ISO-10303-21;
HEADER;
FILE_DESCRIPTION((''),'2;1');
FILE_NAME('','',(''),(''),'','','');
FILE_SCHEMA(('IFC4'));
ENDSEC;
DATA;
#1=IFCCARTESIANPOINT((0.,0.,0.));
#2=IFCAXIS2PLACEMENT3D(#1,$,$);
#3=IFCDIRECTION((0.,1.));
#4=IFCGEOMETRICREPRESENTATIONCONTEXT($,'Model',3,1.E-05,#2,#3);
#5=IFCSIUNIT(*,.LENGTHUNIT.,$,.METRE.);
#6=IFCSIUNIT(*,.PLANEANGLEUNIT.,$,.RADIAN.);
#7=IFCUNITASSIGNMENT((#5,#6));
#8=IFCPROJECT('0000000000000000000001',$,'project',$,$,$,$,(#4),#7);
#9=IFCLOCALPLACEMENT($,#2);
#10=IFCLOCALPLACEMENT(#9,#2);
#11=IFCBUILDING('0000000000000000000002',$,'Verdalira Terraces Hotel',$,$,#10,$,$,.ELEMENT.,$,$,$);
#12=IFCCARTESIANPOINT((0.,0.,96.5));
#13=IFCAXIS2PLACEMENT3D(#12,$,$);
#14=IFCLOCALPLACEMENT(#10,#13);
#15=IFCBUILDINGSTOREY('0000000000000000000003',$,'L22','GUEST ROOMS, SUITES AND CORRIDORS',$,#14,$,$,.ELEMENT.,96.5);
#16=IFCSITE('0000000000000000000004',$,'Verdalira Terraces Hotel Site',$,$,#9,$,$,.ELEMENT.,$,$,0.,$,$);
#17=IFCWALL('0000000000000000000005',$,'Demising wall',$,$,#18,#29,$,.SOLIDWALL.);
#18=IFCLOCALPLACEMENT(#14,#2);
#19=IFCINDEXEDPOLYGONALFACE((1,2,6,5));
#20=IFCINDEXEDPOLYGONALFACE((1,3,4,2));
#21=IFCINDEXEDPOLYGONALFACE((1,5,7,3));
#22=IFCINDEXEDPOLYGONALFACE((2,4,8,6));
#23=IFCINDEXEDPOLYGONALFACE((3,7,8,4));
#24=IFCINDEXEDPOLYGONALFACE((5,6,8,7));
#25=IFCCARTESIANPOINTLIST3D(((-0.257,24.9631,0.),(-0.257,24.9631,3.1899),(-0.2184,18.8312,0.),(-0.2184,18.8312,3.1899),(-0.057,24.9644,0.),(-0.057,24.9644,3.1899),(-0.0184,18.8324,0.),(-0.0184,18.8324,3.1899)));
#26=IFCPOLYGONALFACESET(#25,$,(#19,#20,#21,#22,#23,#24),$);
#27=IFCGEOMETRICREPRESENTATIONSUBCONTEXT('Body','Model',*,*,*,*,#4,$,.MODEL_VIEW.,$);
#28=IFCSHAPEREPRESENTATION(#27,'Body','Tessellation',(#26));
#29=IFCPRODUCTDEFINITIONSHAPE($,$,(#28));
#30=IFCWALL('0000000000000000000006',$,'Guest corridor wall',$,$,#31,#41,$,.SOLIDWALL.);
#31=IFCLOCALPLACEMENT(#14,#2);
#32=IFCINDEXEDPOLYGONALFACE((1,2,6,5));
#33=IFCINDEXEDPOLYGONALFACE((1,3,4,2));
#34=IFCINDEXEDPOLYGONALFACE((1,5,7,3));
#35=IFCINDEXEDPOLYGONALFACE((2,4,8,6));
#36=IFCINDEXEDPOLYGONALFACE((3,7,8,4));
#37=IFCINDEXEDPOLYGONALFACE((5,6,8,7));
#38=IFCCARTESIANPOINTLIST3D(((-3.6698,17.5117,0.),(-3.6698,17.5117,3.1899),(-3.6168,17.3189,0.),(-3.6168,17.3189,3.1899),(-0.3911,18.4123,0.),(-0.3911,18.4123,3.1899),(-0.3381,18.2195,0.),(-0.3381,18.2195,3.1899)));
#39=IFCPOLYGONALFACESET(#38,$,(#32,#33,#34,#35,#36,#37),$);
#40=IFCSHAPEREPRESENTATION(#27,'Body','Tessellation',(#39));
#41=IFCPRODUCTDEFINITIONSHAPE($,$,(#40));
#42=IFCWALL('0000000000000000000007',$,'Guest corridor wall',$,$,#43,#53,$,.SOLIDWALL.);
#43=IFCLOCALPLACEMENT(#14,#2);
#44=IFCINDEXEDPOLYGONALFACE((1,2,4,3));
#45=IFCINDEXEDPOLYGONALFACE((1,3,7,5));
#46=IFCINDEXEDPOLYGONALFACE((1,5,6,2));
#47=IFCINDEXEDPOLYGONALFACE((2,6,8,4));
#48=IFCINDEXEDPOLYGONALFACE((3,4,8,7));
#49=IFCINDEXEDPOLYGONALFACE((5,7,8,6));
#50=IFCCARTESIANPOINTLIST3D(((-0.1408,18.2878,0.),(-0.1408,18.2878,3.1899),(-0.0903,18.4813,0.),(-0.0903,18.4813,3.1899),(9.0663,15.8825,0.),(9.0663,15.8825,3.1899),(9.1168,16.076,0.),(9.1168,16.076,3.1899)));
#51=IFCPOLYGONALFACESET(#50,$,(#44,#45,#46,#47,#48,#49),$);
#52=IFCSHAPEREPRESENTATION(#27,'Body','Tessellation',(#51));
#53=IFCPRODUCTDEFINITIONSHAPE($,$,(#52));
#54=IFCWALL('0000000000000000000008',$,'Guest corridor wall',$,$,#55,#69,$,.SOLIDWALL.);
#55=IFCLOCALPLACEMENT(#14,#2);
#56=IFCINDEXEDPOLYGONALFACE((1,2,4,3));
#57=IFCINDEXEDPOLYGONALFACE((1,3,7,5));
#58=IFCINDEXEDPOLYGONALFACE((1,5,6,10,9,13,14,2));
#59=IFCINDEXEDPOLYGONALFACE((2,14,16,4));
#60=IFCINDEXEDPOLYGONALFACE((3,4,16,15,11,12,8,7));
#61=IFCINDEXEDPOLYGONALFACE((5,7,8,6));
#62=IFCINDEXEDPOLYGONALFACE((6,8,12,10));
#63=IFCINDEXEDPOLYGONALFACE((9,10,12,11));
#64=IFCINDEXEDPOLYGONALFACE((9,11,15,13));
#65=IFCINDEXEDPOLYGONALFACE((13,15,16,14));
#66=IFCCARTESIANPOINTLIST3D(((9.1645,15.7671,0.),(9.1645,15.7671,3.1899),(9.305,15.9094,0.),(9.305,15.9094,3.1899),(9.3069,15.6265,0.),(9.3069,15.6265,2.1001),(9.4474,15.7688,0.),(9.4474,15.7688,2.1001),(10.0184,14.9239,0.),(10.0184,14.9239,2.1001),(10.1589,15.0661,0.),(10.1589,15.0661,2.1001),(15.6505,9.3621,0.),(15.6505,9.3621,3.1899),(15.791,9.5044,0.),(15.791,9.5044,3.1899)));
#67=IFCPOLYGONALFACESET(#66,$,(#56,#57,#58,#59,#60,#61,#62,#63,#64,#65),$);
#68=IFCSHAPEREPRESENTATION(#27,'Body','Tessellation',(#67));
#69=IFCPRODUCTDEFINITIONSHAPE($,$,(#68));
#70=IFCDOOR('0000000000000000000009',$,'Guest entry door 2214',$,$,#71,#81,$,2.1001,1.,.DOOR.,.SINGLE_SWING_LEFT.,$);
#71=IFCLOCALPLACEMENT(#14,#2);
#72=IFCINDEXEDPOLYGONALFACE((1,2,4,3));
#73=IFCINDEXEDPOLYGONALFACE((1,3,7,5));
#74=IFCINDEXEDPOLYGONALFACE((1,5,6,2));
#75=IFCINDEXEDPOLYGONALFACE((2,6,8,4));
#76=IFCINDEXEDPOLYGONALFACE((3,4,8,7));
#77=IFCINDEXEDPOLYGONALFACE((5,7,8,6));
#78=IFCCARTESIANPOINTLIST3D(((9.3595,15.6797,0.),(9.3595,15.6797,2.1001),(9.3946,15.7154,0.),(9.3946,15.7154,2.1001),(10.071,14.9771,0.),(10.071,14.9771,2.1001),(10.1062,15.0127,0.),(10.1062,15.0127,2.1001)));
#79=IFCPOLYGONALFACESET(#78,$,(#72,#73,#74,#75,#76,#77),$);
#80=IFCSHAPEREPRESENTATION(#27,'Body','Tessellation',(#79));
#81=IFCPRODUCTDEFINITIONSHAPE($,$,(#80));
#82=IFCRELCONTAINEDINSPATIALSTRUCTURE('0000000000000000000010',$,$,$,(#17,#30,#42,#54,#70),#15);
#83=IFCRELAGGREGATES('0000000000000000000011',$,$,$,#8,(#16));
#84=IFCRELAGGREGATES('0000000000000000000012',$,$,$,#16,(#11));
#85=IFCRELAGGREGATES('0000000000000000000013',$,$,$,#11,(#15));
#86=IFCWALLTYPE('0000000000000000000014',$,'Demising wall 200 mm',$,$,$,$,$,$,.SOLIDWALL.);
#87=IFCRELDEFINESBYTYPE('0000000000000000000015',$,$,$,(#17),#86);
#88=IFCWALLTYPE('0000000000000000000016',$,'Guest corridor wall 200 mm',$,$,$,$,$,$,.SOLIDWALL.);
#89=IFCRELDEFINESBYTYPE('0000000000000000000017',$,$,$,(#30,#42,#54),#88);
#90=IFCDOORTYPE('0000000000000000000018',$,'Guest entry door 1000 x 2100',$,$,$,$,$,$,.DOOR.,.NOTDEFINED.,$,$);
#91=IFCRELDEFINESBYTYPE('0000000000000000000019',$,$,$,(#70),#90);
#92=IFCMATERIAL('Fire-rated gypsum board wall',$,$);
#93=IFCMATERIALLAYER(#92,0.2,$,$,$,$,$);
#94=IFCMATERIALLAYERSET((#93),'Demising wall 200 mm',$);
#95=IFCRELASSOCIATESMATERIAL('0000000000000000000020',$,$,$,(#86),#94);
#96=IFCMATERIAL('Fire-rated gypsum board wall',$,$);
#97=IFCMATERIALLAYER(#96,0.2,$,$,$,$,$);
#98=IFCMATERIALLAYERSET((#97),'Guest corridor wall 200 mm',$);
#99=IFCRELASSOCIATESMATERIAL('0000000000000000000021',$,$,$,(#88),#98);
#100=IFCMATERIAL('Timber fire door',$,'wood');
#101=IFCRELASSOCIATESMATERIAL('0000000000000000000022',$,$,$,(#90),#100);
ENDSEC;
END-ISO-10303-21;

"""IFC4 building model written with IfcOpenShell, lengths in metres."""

from ifc_helpers import new_model, si_unit, direction, frame, frame_2d, origin, place, context, subcontext, project, spatial, rectangle, extrude, material, layer, layer_set, type_object, element, fill, save


model = new_model("IFC4")

# Units and contexts
model_context = context("Model", 3, precision=1e-05, world=origin(), true_north=direction((0.0, 1.0)))
body_context = subcontext(model_context, "Body", "Model", "MODEL_VIEW")
ifc_project = project(units=[si_unit("LENGTHUNIT", "METRE"), si_unit("PLANEANGLEUNIT", "RADIAN")], contexts=[model_context])

# Site, building, storey
site_placement = place(None, origin())
site = spatial("IfcSite", under=ifc_project, at=site_placement, Name="Verdalira Terraces Hotel Site", CompositionType="ELEMENT", RefElevation=0.0)
building_placement = place(site_placement, origin())
building = spatial("IfcBuilding", under=site, at=building_placement, Name="Verdalira Terraces Hotel", CompositionType="ELEMENT")
storey_placement = place(building_placement, frame((0.0, 0.0, 96.5)))
storey = spatial("IfcBuildingStorey", under=building, at=storey_placement, Name="L22", Description="GUEST ROOMS, SUITES AND CORRIDORS", CompositionType="ELEMENT", Elevation=96.5)

# Walls
ifc_material_1 = material(Name="Fire-rated gypsum board wall")
ifc_layer_1 = layer(ifc_material_1, 0.2)
ifc_layer_set_1 = layer_set([ifc_layer_1], Name="Demising wall 200 mm")
wall_type_1 = type_object("IfcWallType", Name="Demising wall 200 mm", PredefinedType="SOLIDWALL", material=ifc_layer_set_1)
wall_1_placement = place(storey_placement, frame((-0.157, 24.9636, 0.0), z_axis=(0.0, 0.0, 1.0), x_axis=(0.00629, -0.99998, 0.0)))
element("IfcWall", 1, at=wall_1_placement, inside=storey, type_object=wall_type_1, Name="Demising wall", PredefinedType="SOLIDWALL", context=body_context, shape_type="SweptSolid", body=[
    extrude(rectangle(XDim=6.1321, YDim=0.2, at=frame_2d((3.0659, 0.0))), origin(), (0.0, 0.0, 1.0), 3.1899),
])
ifc_material_2 = material(Name="Fire-rated gypsum board wall")
ifc_layer_2 = layer(ifc_material_2, 0.2)
ifc_layer_set_2 = layer_set([ifc_layer_2], Name="Guest corridor wall 200 mm")
wall_type_2 = type_object("IfcWallType", Name="Guest corridor wall 200 mm", PredefinedType="SOLIDWALL", material=ifc_layer_set_2)
wall_2_placement = place(storey_placement, frame((-0.3645, 18.3159, 0.0), z_axis=(0.0, 0.0, 1.0), x_axis=(-0.964283, -0.264873, 0.0)))
element("IfcWall", 2, at=wall_2_placement, inside=storey, type_object=wall_type_2, Name="Guest corridor wall", PredefinedType="SOLIDWALL", context=body_context, shape_type="SweptSolid", body=[
    extrude(rectangle(XDim=3.4001, YDim=0.2, at=frame_2d((1.7002, 0.0))), origin(), (0.0, 0.0, 1.0), 3.1899),
])
wall_3_placement = place(storey_placement, frame((9.0916, 15.9792, 0.0), z_axis=(0.0, 0.0, 1.0), x_axis=(-0.967529, 0.25276, 0.0)))
element("IfcWall", 3, at=wall_3_placement, inside=storey, type_object=wall_type_2, Name="Guest corridor wall", PredefinedType="SOLIDWALL", context=body_context, shape_type="SweptSolid", body=[
    extrude(rectangle(XDim=9.5161, YDim=0.2, at=frame_2d((4.7581, 0.0))), origin(), (0.0, 0.0, 1.0), 3.1899),
])

# Wall, opening, door
wall_4_placement = place(storey_placement, frame((9.2349, 15.8381, 0.0), z_axis=(0.0, 0.0, 1.0), x_axis=(0.711539, -0.702647, 0.0)))
wall_4 = element("IfcWall", 4, at=wall_4_placement, inside=storey, type_object=wall_type_2, Name="Guest corridor wall", PredefinedType="SOLIDWALL", context=body_context, shape_type="SweptSolid", body=[
    extrude(rectangle(XDim=9.1155, YDim=0.2, at=frame_2d((4.5576, 0.0))), origin(), (0.0, 0.0, 1.0), 3.1899),
])
opening_1_placement = place(wall_4_placement, frame((0.2, 0.0, 0.0)))
opening_1 = element("IfcOpeningElement", 5, at=opening_1_placement, cuts=wall_4, PredefinedType="OPENING", context=body_context, shape_type="SweptSolid", body=[
    extrude(rectangle(XDim=1.0, YDim=2.1001, at=frame_2d((0.5, 1.05))), frame((0.0, 0.1099, 0.0), z_axis=(0.0, -1.0, 0.0), x_axis=(1.0, 0.0, 0.0)), (0.0, 0.0, 1.0), 0.22),
])
ifc_material_3 = material(Name="Timber fire door", Category="wood")
door_type_1 = type_object("IfcDoorType", Name="Guest entry door 1000 x 2100", OperationType="NOTDEFINED", PredefinedType="DOOR", material=ifc_material_3)
door_1_placement = place(opening_1_placement, origin())
door_1 = element("IfcDoor", 6, at=door_1_placement, inside=storey, type_object=door_type_1, Name="Guest entry door 2214", OperationType="SINGLE_SWING_LEFT", OverallHeight=2.1001, OverallWidth=1.0, PredefinedType="DOOR", context=body_context, shape_type="SweptSolid", body=[
    extrude(rectangle(XDim=1.0, YDim=2.1001, at=frame_2d((0.5, 1.05))), frame((0.0, 0.0249, 0.0), z_axis=(0.0, -1.0, 0.0), x_axis=(1.0, 0.0, 0.0)), (0.0, 0.0, 1.0), 0.05),
])
fill(opening_1, door_1)

save(model, "model.ifc")
